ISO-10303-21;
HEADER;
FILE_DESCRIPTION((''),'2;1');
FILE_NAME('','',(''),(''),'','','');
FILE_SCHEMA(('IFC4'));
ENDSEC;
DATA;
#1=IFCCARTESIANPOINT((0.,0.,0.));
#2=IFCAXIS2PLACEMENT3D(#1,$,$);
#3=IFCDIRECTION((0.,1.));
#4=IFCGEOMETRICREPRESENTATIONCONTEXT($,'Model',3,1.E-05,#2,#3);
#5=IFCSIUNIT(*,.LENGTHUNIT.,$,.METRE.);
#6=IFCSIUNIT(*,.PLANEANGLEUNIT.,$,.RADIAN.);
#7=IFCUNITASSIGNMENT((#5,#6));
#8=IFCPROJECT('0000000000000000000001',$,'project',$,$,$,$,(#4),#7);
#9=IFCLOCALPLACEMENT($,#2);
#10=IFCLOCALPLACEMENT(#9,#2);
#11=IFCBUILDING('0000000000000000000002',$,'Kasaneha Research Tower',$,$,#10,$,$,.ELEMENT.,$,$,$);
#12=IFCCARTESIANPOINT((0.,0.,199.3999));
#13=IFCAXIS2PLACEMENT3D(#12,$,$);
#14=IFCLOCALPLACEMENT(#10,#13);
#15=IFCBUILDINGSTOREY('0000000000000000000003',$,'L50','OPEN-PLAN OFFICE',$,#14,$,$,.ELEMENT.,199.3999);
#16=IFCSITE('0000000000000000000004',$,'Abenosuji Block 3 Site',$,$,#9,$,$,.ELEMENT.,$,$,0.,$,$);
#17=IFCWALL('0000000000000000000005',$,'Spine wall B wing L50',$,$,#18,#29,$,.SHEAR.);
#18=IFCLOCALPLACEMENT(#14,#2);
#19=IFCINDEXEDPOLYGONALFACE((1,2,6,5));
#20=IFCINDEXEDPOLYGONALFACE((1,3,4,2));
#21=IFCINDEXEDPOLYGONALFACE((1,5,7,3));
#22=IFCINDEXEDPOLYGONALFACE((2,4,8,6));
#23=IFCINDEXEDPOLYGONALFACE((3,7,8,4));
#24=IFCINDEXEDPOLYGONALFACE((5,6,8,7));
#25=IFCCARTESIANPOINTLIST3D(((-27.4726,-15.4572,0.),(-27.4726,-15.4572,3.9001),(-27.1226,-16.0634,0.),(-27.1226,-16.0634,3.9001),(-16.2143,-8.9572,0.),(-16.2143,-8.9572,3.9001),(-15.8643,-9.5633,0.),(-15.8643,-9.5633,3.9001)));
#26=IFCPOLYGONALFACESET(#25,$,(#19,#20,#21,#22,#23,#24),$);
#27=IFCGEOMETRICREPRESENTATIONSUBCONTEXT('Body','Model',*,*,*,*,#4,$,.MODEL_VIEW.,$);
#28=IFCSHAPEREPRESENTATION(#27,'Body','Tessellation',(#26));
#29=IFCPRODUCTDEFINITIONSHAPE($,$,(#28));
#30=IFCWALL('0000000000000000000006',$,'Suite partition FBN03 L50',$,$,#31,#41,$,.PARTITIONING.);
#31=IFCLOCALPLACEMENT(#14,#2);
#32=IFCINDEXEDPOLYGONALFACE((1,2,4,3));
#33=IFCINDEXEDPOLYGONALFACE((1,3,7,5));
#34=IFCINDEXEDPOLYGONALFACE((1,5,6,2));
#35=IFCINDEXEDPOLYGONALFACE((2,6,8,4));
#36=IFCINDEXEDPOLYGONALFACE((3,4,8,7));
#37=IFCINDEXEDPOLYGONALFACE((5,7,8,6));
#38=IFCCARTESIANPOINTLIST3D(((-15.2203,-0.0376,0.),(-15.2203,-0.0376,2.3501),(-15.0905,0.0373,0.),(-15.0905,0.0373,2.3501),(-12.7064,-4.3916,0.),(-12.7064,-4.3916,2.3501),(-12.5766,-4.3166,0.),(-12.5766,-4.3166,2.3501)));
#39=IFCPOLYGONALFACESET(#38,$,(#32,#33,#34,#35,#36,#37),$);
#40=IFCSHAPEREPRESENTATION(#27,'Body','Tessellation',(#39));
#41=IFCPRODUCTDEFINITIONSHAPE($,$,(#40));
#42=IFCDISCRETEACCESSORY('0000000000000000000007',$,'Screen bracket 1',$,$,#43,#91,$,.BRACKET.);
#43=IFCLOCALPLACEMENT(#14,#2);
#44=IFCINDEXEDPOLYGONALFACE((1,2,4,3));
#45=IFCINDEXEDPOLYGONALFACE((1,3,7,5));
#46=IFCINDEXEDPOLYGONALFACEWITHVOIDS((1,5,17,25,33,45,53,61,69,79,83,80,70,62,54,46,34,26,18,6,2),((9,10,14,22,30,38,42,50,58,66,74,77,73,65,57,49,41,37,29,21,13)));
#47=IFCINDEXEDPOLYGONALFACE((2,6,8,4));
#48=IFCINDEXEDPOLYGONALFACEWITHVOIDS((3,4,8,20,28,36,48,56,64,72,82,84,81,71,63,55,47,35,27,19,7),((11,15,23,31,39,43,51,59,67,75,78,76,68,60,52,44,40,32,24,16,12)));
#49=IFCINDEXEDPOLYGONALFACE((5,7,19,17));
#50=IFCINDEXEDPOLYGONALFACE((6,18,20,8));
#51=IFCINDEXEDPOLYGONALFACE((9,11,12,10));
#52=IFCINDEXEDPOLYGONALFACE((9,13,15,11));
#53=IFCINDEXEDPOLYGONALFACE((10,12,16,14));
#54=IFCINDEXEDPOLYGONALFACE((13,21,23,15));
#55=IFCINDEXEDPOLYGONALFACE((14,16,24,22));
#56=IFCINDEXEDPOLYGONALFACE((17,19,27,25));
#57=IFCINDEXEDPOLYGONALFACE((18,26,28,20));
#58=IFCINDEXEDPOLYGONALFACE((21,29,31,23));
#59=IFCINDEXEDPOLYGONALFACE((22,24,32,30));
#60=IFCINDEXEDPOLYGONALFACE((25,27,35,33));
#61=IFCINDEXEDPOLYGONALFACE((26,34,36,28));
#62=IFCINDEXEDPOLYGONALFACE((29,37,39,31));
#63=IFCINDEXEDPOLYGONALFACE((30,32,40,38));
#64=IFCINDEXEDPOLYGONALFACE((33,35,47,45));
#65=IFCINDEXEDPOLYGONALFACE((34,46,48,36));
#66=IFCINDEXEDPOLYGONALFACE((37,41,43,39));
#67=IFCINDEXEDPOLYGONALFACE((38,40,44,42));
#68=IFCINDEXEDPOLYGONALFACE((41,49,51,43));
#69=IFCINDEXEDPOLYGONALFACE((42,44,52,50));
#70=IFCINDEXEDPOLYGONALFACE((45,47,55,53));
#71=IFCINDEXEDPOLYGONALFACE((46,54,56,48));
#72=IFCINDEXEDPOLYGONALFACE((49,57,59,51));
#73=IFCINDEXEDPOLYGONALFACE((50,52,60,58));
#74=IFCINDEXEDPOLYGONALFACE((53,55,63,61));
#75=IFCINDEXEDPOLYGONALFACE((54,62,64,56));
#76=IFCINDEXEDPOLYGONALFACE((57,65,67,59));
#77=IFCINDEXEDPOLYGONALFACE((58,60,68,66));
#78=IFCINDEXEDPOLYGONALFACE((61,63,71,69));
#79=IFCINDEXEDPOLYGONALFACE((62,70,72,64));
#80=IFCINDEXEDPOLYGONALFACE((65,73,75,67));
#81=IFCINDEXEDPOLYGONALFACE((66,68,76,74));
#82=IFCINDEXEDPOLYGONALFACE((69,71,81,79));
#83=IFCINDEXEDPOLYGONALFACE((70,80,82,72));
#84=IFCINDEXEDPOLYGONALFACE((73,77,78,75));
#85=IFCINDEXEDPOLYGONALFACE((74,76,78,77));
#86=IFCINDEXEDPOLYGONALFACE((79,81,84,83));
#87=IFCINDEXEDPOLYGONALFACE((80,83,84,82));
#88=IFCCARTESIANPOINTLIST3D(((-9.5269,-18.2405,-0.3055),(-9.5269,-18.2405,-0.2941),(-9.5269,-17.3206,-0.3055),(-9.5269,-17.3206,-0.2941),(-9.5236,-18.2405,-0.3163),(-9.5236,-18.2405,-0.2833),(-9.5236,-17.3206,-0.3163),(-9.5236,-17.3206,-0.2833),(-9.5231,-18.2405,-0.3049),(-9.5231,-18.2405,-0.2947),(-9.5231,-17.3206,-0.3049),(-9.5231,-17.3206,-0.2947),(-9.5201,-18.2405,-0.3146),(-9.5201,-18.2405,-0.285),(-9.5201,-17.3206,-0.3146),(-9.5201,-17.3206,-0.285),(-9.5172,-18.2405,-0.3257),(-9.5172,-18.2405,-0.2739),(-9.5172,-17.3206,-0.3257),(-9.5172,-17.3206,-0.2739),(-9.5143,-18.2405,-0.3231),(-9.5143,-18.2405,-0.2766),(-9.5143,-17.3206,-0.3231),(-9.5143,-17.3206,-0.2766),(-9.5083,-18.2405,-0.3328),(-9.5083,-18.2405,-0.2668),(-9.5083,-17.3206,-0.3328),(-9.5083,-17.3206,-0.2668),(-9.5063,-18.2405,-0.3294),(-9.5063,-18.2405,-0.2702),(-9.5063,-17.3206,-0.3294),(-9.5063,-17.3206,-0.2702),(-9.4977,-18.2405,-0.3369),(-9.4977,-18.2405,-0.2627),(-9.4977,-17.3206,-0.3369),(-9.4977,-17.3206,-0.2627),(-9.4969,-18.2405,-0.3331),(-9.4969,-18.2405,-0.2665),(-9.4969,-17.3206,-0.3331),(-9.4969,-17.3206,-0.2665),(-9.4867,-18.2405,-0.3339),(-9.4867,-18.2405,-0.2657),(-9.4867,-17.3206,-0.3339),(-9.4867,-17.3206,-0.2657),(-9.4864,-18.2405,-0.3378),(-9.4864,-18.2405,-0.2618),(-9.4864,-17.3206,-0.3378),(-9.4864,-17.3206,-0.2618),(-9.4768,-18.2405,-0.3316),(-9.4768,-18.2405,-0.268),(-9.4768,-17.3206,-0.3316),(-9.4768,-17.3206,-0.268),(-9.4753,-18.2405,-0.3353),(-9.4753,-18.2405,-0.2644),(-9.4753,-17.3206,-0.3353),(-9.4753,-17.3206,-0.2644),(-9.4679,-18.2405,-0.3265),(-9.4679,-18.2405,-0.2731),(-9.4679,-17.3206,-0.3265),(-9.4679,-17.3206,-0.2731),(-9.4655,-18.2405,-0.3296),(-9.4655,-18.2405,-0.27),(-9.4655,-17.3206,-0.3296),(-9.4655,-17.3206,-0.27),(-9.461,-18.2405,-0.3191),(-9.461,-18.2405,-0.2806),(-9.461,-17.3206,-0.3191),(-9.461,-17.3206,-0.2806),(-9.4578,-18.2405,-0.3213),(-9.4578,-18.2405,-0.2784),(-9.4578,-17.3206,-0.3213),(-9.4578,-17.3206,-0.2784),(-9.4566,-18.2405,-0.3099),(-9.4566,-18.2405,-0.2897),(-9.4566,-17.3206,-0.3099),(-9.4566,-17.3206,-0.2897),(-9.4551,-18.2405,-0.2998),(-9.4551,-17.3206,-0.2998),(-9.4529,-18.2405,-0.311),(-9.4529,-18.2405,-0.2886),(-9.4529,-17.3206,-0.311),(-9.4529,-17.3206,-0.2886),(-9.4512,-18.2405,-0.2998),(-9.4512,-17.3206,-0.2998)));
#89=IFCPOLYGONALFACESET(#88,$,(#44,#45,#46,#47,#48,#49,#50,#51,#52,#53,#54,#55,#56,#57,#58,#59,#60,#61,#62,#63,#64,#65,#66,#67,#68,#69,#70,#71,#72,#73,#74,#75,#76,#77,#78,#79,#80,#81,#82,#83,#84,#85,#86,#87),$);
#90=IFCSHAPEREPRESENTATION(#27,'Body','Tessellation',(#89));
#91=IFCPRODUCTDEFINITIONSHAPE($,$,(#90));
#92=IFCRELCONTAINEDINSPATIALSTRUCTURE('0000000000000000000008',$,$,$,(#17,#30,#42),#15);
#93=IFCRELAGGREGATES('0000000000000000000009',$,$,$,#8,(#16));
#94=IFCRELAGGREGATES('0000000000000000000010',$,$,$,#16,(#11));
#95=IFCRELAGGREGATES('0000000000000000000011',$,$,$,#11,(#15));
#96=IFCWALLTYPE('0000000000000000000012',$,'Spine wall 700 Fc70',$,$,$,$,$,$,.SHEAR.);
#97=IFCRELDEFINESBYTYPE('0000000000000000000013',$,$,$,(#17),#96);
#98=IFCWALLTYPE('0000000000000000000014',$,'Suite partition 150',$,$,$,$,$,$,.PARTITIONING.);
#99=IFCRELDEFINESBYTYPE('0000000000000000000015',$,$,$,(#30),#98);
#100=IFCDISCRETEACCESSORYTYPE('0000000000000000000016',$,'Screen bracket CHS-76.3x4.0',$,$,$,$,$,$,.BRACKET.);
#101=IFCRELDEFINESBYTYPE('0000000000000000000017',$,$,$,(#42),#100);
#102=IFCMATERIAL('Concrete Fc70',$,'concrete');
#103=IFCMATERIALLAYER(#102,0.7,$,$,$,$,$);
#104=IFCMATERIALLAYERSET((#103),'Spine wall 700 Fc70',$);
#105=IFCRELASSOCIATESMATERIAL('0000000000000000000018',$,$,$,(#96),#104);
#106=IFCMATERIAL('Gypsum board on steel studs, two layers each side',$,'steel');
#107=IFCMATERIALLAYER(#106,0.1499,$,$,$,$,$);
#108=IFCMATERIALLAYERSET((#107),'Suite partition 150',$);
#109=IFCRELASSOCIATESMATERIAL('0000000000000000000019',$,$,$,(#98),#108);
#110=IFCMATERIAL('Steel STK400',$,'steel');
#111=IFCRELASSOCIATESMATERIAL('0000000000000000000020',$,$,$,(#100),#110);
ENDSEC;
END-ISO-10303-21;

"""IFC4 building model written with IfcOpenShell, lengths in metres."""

from ifc_helpers import new_model, si_unit, direction, frame, frame_2d, origin, origin_2d, place, context, subcontext, project, spatial, rectangle, hollow_circle, extrude, material, layer, layer_set, material_profile, profile_set, type_object, element, save


model = new_model("IFC4")

# Units and contexts
model_context = context("Model", 3, precision=1e-05, world=origin(), true_north=direction((0.0, 1.0)))
body_context = subcontext(model_context, "Body", "Model", "MODEL_VIEW")
ifc_project = project(units=[si_unit("LENGTHUNIT", "METRE"), si_unit("PLANEANGLEUNIT", "RADIAN")], contexts=[model_context])

# Site, building, storey
site_placement = place(None, origin())
site = spatial("IfcSite", under=ifc_project, at=site_placement, Name="Abenosuji Block 3 Site", CompositionType="ELEMENT", RefElevation=0.0)
building_placement = place(site_placement, origin())
building = spatial("IfcBuilding", under=site, at=building_placement, Name="Kasaneha Research Tower", CompositionType="ELEMENT")
storey_placement = place(building_placement, frame((0.0, 0.0, 199.3999)))
storey = spatial("IfcBuildingStorey", under=building, at=storey_placement, Name="L50", Description="OPEN-PLAN OFFICE", CompositionType="ELEMENT", Elevation=199.3999)

# Shared definitions
ifc_material_1 = material(Name="Concrete Fc70", Category="concrete")
ifc_layer_1 = layer(ifc_material_1, 0.7)
ifc_layer_set_1 = layer_set([ifc_layer_1], Name="Spine wall 700 Fc70")
wall_type_1 = type_object("IfcWallType", Name="Spine wall 700 Fc70", PredefinedType="SHEAR", material=ifc_layer_set_1)

# Walls
wall_1_placement = place(storey_placement, frame((-16.0393, -9.2603, 0.0), z_axis=(0.0, 0.0, 1.0), x_axis=(-0.866025, -0.500001, 0.0)))
element("IfcWall", 1, at=wall_1_placement, inside=storey, type_object=wall_type_1, Name="Spine wall B wing L50", PredefinedType="SHEAR", context=body_context, shape_type="SweptSolid", body=[
    extrude(rectangle(XDim=13.0, YDim=0.7, at=frame_2d((6.5, 0.0))), origin(), (0.0, 0.0, 1.0), 3.9001),
])
ifc_material_2 = material(Name="Gypsum board on steel studs, two layers each side", Category="steel")
ifc_layer_2 = layer(ifc_material_2, 0.1499)
ifc_layer_set_2 = layer_set([ifc_layer_2], Name="Suite partition 150")
wall_type_2 = type_object("IfcWallType", Name="Suite partition 150", PredefinedType="PARTITIONING", material=ifc_layer_set_2)
wall_2_placement = place(storey_placement, frame((-12.6416, -4.354, 0.0), z_axis=(0.0, 0.0, 1.0), x_axis=(-0.500019, 0.866014, 0.0)))
element("IfcWall", 2, at=wall_2_placement, inside=storey, type_object=wall_type_2, Name="Suite partition FBN03 L50", PredefinedType="PARTITIONING", context=body_context, shape_type="SweptSolid", body=[
    extrude(rectangle(XDim=5.0276, YDim=0.1499, at=frame_2d((2.5137, 0.0))), origin(), (0.0, 0.0, 1.0), 2.3501),
])

# Discrete accessory
ifc_material_3 = material(Name="Steel STK400", Category="steel")
ifc_material_profile_1 = material_profile(ifc_material_3, hollow_circle(Radius=0.0381, WallThickness=0.0039, at=origin_2d()), Name="CHS-76.3x4.0")
ifc_profile_set_1 = profile_set([ifc_material_profile_1], Name="Steel STK400")
discrete_accessory_type = type_object("IfcDiscreteAccessoryType", Name="Screen bracket CHS-76.3x4.0", PredefinedType="BRACKET", material=ifc_profile_set_1)
discrete_accessory_placement = place(storey_placement, frame((-9.4893, -17.3206, -0.2998), z_axis=(0.0, -1.0, 0.0), x_axis=(1.0, 0.0, 0.0)))
element("IfcDiscreteAccessory", 3, at=discrete_accessory_placement, inside=storey, type_object=discrete_accessory_type, Name="Screen bracket 1", PredefinedType="BRACKET", context=body_context, shape_type="SweptSolid", body=[
    extrude(hollow_circle(Radius=0.0381, WallThickness=0.0039, at=origin_2d()), origin(), (0.0, 0.0, 1.0), 0.9199),
])

save(model, "model.ifc")
